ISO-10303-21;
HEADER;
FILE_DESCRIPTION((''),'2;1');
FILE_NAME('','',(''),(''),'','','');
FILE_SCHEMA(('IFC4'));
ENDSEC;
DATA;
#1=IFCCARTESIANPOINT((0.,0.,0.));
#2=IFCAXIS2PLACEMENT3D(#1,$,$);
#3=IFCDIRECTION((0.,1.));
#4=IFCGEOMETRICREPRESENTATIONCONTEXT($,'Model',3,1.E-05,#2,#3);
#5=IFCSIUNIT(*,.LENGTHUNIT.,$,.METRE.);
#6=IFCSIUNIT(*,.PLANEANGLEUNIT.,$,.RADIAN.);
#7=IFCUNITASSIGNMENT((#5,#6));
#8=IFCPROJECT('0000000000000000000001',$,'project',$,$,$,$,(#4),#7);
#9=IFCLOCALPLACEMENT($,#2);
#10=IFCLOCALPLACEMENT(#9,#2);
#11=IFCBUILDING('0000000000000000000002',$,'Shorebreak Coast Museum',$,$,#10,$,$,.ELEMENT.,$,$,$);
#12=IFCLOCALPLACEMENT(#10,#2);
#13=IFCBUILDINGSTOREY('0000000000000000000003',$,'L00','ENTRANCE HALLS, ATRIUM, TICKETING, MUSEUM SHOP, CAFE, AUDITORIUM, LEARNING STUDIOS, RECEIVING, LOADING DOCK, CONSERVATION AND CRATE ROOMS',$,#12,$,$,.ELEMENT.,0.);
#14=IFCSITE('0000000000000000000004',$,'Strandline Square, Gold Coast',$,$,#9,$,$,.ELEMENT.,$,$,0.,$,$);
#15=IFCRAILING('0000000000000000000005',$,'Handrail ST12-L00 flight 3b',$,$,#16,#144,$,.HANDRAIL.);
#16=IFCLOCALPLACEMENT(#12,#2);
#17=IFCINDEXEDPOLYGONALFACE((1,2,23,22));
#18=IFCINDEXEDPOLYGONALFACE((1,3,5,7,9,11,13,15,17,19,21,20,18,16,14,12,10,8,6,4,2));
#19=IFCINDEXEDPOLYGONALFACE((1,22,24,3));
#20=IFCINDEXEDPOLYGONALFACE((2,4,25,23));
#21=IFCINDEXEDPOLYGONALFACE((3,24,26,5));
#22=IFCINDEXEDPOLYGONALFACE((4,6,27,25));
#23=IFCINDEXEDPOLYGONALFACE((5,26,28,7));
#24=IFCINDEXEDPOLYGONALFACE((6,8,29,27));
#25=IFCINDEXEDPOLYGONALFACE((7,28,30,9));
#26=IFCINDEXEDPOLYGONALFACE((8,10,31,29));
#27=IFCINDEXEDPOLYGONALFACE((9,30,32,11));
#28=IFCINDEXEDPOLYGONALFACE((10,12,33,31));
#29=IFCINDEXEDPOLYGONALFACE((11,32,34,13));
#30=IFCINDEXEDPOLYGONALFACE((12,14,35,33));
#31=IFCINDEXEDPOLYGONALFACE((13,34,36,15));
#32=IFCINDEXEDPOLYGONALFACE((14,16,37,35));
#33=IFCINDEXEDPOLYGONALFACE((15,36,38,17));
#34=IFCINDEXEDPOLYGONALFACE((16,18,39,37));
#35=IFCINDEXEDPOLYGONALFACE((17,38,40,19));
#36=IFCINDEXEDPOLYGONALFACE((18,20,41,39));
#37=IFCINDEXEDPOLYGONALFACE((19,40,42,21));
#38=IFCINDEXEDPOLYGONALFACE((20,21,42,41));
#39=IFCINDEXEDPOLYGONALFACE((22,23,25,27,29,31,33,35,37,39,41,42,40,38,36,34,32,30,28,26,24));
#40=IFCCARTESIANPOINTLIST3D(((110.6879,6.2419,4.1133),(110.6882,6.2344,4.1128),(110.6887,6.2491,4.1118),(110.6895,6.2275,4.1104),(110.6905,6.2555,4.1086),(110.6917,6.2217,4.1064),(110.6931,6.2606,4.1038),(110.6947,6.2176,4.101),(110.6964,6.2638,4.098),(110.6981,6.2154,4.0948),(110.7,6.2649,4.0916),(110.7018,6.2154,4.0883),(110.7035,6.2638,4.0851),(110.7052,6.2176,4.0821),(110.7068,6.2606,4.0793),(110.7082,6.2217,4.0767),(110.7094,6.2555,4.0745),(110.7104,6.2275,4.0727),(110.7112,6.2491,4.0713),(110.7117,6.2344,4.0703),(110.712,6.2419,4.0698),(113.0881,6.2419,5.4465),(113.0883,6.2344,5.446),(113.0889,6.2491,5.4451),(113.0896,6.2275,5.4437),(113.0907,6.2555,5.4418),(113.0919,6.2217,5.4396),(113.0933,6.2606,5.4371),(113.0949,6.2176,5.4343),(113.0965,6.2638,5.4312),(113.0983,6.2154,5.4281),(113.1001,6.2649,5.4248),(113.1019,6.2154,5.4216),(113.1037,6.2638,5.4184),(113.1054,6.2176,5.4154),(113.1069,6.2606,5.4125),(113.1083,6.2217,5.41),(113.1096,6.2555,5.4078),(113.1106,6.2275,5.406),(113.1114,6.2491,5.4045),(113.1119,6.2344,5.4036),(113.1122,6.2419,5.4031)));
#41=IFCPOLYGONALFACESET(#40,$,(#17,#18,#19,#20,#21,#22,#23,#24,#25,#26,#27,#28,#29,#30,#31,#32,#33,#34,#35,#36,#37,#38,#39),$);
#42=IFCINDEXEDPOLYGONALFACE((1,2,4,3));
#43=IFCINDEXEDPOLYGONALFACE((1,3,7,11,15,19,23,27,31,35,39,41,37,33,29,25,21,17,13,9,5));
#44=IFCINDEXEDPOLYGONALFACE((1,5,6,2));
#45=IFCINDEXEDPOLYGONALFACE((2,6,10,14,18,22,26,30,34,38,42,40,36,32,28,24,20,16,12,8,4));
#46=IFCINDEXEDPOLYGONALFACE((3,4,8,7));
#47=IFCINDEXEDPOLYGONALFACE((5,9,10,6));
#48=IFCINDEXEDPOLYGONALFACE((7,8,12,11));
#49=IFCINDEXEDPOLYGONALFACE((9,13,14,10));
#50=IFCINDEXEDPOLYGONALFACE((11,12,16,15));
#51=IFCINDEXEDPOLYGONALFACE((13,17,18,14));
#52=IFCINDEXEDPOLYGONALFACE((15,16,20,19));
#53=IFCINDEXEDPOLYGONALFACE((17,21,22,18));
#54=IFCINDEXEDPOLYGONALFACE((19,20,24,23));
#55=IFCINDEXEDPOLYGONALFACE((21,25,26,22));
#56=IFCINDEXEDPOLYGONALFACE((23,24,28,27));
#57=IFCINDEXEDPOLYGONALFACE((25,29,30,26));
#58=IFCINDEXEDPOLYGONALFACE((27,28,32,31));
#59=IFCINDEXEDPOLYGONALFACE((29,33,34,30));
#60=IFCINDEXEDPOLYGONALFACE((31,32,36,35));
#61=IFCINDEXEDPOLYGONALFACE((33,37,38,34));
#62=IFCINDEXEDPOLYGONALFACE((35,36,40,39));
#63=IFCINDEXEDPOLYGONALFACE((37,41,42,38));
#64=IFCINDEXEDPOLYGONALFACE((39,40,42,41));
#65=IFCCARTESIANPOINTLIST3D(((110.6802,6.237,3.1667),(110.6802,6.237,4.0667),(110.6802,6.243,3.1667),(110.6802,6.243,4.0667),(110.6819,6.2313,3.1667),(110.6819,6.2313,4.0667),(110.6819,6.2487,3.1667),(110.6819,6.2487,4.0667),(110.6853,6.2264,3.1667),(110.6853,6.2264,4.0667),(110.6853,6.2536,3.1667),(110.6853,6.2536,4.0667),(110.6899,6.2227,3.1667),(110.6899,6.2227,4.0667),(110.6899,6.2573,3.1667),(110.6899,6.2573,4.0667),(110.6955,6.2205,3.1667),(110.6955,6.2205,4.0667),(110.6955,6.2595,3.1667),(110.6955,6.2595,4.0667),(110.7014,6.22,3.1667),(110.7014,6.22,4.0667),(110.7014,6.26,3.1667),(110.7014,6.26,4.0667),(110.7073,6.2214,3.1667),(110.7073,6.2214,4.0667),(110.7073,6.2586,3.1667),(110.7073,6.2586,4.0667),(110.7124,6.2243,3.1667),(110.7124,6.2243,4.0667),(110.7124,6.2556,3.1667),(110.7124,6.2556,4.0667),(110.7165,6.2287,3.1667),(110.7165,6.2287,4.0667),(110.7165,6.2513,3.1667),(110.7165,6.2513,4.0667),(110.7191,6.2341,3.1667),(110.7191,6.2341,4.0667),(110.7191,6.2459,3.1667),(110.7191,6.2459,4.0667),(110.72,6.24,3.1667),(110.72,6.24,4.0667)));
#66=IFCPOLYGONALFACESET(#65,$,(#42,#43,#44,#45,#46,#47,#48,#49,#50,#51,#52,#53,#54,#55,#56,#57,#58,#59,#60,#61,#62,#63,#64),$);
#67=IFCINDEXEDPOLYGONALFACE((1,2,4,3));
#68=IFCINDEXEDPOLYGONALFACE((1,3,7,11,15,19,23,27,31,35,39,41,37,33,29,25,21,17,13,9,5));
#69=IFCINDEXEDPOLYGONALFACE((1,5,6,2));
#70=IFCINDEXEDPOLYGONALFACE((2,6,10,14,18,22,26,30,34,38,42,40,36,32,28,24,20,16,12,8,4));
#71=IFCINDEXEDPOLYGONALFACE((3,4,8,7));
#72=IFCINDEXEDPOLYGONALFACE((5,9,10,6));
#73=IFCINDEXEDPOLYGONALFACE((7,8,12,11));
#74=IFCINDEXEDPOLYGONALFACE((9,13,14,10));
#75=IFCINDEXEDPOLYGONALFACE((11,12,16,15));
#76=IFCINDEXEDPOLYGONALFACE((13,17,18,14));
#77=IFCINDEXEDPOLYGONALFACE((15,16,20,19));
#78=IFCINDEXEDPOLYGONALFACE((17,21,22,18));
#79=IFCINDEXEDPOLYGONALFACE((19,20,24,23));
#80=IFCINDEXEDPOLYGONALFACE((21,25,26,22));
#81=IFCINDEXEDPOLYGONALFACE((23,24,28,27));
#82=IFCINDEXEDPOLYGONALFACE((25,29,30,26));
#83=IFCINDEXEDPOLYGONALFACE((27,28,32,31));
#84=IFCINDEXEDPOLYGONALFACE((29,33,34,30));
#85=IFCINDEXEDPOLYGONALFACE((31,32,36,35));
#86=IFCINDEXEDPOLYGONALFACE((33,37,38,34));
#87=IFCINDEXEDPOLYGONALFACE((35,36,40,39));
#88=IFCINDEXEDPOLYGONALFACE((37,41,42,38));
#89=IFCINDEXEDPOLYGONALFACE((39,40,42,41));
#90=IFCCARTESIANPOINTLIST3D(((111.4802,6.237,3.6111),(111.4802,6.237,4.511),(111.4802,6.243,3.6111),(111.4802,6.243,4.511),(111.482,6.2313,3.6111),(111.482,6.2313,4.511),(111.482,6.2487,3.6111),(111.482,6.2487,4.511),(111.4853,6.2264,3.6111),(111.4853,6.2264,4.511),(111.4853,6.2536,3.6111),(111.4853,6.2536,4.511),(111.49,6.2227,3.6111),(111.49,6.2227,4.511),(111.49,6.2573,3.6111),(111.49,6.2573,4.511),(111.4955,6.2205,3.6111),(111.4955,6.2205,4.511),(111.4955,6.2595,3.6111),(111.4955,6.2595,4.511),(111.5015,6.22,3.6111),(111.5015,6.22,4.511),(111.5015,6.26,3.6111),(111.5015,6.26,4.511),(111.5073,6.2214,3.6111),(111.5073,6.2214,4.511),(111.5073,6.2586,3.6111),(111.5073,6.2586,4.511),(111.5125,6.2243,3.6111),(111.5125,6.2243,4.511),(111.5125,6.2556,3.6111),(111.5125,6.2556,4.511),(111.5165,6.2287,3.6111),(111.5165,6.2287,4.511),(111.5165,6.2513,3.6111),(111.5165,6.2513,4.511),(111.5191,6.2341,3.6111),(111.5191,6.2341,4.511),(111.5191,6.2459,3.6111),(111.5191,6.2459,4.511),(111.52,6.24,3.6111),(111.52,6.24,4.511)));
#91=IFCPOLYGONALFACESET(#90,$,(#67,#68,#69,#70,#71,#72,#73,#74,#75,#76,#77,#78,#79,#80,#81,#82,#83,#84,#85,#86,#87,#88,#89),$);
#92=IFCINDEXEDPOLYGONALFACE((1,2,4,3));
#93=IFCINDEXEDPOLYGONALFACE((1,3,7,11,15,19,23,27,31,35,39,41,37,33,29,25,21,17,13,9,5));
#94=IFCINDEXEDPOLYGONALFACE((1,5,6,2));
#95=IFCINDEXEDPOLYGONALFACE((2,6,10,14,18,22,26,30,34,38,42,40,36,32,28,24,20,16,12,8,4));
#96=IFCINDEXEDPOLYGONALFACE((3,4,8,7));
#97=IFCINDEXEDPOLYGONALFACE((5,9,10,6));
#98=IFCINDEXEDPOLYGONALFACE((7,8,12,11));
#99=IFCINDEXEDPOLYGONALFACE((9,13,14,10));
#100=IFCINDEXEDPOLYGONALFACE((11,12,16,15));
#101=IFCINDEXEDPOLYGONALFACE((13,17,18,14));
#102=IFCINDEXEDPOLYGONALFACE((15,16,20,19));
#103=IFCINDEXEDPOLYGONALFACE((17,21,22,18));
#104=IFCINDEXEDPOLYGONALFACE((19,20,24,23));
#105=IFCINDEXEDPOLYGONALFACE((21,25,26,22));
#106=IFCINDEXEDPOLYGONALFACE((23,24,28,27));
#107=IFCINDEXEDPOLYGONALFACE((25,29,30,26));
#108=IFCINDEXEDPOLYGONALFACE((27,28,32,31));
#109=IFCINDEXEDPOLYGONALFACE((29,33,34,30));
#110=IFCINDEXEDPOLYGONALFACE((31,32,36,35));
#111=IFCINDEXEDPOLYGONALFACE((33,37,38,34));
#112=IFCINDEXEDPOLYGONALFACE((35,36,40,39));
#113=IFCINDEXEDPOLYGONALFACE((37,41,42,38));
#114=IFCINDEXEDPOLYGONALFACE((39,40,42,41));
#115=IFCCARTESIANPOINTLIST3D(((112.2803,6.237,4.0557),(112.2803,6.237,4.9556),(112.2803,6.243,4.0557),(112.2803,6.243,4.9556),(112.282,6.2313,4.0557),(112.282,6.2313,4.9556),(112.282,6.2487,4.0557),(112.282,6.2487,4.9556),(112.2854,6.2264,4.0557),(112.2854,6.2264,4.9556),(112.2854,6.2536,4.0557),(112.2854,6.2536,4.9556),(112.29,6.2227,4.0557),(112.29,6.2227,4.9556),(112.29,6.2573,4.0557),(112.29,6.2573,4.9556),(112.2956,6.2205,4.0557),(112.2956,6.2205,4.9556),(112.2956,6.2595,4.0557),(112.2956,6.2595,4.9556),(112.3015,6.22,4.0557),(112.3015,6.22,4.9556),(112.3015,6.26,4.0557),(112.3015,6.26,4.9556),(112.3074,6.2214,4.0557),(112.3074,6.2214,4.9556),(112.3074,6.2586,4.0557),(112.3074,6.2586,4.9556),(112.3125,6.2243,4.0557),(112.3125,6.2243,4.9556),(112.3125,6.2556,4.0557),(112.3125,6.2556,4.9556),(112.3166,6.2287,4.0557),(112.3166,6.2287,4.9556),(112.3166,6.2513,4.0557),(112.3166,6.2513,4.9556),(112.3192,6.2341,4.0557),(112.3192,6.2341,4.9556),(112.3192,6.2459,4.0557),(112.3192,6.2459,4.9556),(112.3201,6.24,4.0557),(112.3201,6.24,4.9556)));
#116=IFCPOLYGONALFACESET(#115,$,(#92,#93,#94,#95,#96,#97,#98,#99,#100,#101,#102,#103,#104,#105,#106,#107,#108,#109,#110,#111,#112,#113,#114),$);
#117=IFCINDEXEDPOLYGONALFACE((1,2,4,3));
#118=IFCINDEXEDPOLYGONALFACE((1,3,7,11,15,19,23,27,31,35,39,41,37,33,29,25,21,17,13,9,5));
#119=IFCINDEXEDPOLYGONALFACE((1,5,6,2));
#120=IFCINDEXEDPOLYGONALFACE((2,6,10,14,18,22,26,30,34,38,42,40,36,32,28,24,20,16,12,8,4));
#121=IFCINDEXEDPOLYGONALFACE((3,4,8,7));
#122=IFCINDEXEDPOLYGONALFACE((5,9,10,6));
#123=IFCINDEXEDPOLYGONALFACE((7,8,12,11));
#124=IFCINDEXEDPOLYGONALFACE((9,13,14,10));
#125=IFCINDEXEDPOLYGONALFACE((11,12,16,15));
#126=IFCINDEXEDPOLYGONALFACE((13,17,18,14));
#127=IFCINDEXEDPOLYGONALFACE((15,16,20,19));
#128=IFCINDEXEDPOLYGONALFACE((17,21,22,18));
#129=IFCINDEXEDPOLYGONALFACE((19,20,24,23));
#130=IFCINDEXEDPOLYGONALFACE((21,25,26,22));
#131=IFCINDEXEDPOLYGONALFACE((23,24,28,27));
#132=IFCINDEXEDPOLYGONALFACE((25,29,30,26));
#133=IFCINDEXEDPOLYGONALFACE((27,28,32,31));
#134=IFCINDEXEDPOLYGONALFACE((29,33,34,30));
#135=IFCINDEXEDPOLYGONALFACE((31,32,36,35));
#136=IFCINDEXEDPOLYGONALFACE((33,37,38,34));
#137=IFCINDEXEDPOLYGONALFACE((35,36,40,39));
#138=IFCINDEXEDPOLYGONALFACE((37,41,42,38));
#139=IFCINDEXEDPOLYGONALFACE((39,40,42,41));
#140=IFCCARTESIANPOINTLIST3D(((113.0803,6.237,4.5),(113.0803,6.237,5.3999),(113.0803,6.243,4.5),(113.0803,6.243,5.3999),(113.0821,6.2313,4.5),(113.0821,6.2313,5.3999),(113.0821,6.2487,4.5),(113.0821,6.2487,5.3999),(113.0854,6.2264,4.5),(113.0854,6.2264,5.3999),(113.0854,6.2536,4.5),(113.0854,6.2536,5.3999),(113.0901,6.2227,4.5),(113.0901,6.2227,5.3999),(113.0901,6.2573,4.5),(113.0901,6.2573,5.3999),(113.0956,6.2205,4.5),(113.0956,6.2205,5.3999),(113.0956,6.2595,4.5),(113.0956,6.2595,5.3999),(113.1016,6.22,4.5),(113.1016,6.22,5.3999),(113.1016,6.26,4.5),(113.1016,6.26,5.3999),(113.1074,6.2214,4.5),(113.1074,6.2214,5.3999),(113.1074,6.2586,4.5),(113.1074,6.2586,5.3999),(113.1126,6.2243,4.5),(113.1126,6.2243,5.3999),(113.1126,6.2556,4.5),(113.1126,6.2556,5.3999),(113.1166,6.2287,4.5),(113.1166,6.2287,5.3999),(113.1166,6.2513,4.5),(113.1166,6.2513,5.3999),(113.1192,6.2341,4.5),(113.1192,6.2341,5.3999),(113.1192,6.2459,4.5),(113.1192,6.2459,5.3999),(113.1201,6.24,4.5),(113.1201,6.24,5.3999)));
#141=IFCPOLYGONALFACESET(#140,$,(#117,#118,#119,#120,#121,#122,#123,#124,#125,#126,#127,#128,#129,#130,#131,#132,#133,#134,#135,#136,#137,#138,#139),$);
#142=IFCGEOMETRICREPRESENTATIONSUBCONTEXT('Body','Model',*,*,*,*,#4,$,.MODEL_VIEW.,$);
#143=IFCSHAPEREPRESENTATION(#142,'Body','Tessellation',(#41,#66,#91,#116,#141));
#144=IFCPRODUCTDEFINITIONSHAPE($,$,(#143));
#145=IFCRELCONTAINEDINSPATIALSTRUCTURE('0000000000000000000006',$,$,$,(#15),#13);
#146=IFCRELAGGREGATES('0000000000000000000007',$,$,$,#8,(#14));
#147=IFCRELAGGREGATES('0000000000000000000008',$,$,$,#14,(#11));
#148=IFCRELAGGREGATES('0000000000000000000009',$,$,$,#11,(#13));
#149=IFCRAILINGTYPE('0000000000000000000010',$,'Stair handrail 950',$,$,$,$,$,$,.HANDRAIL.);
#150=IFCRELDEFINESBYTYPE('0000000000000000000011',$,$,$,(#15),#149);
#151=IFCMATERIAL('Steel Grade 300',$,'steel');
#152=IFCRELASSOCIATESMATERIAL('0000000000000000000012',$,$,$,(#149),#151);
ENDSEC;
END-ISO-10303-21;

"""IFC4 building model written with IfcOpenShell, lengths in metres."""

from ifc_helpers import new_model, si_unit, direction, frame, origin, origin_2d, place, context, subcontext, project, spatial, circle, extrude, material, type_object, element, save


model = new_model("IFC4")

# Units and contexts
model_context = context("Model", 3, precision=1e-05, world=origin(), true_north=direction((0.0, 1.0)))
body_context = subcontext(model_context, "Body", "Model", "MODEL_VIEW")
ifc_project = project(units=[si_unit("LENGTHUNIT", "METRE"), si_unit("PLANEANGLEUNIT", "RADIAN")], contexts=[model_context])

# Site, building, storey
site_placement = place(None, origin())
site = spatial("IfcSite", under=ifc_project, at=site_placement, Name="Strandline Square, Gold Coast", CompositionType="ELEMENT", RefElevation=0.0)
building_placement = place(site_placement, origin())
building = spatial("IfcBuilding", under=site, at=building_placement, Name="Shorebreak Coast Museum", CompositionType="ELEMENT")
storey_placement = place(building_placement, origin())
storey = spatial("IfcBuildingStorey", under=building, at=storey_placement, Name="L00", Description="ENTRANCE HALLS, ATRIUM, TICKETING, MUSEUM SHOP, CAFE, AUDITORIUM, LEARNING STUDIOS, RECEIVING, LOADING DOCK, CONSERVATION AND CRATE ROOMS", CompositionType="ELEMENT", Elevation=0.0)

# Railing
ifc_material_1 = material(Name="Steel Grade 300", Category="steel")
railing_type_1 = type_object("IfcRailingType", Name="Stair handrail 950", PredefinedType="HANDRAIL", material=ifc_material_1)
for number, where, name in (
    (1, (110.7, 6.24, 3.1667), "Handrail ST12-L00 flight 3b"),
):
    element("IfcRailing", number, at=place(storey_placement, frame(where)), inside=storey, type_object=railing_type_1, Name=name, PredefinedType="HANDRAIL", context=body_context, shape_type="SweptSolid", body=[
        extrude(circle(Radius=0.0249, at=origin_2d()), frame((0.0, 0.0, 0.9248), z_axis=(0.874182, 0.0, 0.485598), x_axis=(0.0, 1.0, 0.0)), (0.0, 0.0, 1.0), 2.7456),
        extrude(circle(Radius=0.02, at=origin_2d()), origin(), (0.0, 0.0, 1.0), 0.8999),
        extrude(circle(Radius=0.02, at=origin_2d()), frame((0.8, 0.0, 0.4443)), (0.0, 0.0, 1.0), 0.8999),
        extrude(circle(Radius=0.02, at=origin_2d()), frame((1.6001, 0.0, 0.8889)), (0.0, 0.0, 1.0), 0.8999),
        extrude(circle(Radius=0.02, at=origin_2d()), frame((2.4001, 0.0, 1.3333)), (0.0, 0.0, 1.0), 0.8999),
    ])

save(model, "model.ifc")
